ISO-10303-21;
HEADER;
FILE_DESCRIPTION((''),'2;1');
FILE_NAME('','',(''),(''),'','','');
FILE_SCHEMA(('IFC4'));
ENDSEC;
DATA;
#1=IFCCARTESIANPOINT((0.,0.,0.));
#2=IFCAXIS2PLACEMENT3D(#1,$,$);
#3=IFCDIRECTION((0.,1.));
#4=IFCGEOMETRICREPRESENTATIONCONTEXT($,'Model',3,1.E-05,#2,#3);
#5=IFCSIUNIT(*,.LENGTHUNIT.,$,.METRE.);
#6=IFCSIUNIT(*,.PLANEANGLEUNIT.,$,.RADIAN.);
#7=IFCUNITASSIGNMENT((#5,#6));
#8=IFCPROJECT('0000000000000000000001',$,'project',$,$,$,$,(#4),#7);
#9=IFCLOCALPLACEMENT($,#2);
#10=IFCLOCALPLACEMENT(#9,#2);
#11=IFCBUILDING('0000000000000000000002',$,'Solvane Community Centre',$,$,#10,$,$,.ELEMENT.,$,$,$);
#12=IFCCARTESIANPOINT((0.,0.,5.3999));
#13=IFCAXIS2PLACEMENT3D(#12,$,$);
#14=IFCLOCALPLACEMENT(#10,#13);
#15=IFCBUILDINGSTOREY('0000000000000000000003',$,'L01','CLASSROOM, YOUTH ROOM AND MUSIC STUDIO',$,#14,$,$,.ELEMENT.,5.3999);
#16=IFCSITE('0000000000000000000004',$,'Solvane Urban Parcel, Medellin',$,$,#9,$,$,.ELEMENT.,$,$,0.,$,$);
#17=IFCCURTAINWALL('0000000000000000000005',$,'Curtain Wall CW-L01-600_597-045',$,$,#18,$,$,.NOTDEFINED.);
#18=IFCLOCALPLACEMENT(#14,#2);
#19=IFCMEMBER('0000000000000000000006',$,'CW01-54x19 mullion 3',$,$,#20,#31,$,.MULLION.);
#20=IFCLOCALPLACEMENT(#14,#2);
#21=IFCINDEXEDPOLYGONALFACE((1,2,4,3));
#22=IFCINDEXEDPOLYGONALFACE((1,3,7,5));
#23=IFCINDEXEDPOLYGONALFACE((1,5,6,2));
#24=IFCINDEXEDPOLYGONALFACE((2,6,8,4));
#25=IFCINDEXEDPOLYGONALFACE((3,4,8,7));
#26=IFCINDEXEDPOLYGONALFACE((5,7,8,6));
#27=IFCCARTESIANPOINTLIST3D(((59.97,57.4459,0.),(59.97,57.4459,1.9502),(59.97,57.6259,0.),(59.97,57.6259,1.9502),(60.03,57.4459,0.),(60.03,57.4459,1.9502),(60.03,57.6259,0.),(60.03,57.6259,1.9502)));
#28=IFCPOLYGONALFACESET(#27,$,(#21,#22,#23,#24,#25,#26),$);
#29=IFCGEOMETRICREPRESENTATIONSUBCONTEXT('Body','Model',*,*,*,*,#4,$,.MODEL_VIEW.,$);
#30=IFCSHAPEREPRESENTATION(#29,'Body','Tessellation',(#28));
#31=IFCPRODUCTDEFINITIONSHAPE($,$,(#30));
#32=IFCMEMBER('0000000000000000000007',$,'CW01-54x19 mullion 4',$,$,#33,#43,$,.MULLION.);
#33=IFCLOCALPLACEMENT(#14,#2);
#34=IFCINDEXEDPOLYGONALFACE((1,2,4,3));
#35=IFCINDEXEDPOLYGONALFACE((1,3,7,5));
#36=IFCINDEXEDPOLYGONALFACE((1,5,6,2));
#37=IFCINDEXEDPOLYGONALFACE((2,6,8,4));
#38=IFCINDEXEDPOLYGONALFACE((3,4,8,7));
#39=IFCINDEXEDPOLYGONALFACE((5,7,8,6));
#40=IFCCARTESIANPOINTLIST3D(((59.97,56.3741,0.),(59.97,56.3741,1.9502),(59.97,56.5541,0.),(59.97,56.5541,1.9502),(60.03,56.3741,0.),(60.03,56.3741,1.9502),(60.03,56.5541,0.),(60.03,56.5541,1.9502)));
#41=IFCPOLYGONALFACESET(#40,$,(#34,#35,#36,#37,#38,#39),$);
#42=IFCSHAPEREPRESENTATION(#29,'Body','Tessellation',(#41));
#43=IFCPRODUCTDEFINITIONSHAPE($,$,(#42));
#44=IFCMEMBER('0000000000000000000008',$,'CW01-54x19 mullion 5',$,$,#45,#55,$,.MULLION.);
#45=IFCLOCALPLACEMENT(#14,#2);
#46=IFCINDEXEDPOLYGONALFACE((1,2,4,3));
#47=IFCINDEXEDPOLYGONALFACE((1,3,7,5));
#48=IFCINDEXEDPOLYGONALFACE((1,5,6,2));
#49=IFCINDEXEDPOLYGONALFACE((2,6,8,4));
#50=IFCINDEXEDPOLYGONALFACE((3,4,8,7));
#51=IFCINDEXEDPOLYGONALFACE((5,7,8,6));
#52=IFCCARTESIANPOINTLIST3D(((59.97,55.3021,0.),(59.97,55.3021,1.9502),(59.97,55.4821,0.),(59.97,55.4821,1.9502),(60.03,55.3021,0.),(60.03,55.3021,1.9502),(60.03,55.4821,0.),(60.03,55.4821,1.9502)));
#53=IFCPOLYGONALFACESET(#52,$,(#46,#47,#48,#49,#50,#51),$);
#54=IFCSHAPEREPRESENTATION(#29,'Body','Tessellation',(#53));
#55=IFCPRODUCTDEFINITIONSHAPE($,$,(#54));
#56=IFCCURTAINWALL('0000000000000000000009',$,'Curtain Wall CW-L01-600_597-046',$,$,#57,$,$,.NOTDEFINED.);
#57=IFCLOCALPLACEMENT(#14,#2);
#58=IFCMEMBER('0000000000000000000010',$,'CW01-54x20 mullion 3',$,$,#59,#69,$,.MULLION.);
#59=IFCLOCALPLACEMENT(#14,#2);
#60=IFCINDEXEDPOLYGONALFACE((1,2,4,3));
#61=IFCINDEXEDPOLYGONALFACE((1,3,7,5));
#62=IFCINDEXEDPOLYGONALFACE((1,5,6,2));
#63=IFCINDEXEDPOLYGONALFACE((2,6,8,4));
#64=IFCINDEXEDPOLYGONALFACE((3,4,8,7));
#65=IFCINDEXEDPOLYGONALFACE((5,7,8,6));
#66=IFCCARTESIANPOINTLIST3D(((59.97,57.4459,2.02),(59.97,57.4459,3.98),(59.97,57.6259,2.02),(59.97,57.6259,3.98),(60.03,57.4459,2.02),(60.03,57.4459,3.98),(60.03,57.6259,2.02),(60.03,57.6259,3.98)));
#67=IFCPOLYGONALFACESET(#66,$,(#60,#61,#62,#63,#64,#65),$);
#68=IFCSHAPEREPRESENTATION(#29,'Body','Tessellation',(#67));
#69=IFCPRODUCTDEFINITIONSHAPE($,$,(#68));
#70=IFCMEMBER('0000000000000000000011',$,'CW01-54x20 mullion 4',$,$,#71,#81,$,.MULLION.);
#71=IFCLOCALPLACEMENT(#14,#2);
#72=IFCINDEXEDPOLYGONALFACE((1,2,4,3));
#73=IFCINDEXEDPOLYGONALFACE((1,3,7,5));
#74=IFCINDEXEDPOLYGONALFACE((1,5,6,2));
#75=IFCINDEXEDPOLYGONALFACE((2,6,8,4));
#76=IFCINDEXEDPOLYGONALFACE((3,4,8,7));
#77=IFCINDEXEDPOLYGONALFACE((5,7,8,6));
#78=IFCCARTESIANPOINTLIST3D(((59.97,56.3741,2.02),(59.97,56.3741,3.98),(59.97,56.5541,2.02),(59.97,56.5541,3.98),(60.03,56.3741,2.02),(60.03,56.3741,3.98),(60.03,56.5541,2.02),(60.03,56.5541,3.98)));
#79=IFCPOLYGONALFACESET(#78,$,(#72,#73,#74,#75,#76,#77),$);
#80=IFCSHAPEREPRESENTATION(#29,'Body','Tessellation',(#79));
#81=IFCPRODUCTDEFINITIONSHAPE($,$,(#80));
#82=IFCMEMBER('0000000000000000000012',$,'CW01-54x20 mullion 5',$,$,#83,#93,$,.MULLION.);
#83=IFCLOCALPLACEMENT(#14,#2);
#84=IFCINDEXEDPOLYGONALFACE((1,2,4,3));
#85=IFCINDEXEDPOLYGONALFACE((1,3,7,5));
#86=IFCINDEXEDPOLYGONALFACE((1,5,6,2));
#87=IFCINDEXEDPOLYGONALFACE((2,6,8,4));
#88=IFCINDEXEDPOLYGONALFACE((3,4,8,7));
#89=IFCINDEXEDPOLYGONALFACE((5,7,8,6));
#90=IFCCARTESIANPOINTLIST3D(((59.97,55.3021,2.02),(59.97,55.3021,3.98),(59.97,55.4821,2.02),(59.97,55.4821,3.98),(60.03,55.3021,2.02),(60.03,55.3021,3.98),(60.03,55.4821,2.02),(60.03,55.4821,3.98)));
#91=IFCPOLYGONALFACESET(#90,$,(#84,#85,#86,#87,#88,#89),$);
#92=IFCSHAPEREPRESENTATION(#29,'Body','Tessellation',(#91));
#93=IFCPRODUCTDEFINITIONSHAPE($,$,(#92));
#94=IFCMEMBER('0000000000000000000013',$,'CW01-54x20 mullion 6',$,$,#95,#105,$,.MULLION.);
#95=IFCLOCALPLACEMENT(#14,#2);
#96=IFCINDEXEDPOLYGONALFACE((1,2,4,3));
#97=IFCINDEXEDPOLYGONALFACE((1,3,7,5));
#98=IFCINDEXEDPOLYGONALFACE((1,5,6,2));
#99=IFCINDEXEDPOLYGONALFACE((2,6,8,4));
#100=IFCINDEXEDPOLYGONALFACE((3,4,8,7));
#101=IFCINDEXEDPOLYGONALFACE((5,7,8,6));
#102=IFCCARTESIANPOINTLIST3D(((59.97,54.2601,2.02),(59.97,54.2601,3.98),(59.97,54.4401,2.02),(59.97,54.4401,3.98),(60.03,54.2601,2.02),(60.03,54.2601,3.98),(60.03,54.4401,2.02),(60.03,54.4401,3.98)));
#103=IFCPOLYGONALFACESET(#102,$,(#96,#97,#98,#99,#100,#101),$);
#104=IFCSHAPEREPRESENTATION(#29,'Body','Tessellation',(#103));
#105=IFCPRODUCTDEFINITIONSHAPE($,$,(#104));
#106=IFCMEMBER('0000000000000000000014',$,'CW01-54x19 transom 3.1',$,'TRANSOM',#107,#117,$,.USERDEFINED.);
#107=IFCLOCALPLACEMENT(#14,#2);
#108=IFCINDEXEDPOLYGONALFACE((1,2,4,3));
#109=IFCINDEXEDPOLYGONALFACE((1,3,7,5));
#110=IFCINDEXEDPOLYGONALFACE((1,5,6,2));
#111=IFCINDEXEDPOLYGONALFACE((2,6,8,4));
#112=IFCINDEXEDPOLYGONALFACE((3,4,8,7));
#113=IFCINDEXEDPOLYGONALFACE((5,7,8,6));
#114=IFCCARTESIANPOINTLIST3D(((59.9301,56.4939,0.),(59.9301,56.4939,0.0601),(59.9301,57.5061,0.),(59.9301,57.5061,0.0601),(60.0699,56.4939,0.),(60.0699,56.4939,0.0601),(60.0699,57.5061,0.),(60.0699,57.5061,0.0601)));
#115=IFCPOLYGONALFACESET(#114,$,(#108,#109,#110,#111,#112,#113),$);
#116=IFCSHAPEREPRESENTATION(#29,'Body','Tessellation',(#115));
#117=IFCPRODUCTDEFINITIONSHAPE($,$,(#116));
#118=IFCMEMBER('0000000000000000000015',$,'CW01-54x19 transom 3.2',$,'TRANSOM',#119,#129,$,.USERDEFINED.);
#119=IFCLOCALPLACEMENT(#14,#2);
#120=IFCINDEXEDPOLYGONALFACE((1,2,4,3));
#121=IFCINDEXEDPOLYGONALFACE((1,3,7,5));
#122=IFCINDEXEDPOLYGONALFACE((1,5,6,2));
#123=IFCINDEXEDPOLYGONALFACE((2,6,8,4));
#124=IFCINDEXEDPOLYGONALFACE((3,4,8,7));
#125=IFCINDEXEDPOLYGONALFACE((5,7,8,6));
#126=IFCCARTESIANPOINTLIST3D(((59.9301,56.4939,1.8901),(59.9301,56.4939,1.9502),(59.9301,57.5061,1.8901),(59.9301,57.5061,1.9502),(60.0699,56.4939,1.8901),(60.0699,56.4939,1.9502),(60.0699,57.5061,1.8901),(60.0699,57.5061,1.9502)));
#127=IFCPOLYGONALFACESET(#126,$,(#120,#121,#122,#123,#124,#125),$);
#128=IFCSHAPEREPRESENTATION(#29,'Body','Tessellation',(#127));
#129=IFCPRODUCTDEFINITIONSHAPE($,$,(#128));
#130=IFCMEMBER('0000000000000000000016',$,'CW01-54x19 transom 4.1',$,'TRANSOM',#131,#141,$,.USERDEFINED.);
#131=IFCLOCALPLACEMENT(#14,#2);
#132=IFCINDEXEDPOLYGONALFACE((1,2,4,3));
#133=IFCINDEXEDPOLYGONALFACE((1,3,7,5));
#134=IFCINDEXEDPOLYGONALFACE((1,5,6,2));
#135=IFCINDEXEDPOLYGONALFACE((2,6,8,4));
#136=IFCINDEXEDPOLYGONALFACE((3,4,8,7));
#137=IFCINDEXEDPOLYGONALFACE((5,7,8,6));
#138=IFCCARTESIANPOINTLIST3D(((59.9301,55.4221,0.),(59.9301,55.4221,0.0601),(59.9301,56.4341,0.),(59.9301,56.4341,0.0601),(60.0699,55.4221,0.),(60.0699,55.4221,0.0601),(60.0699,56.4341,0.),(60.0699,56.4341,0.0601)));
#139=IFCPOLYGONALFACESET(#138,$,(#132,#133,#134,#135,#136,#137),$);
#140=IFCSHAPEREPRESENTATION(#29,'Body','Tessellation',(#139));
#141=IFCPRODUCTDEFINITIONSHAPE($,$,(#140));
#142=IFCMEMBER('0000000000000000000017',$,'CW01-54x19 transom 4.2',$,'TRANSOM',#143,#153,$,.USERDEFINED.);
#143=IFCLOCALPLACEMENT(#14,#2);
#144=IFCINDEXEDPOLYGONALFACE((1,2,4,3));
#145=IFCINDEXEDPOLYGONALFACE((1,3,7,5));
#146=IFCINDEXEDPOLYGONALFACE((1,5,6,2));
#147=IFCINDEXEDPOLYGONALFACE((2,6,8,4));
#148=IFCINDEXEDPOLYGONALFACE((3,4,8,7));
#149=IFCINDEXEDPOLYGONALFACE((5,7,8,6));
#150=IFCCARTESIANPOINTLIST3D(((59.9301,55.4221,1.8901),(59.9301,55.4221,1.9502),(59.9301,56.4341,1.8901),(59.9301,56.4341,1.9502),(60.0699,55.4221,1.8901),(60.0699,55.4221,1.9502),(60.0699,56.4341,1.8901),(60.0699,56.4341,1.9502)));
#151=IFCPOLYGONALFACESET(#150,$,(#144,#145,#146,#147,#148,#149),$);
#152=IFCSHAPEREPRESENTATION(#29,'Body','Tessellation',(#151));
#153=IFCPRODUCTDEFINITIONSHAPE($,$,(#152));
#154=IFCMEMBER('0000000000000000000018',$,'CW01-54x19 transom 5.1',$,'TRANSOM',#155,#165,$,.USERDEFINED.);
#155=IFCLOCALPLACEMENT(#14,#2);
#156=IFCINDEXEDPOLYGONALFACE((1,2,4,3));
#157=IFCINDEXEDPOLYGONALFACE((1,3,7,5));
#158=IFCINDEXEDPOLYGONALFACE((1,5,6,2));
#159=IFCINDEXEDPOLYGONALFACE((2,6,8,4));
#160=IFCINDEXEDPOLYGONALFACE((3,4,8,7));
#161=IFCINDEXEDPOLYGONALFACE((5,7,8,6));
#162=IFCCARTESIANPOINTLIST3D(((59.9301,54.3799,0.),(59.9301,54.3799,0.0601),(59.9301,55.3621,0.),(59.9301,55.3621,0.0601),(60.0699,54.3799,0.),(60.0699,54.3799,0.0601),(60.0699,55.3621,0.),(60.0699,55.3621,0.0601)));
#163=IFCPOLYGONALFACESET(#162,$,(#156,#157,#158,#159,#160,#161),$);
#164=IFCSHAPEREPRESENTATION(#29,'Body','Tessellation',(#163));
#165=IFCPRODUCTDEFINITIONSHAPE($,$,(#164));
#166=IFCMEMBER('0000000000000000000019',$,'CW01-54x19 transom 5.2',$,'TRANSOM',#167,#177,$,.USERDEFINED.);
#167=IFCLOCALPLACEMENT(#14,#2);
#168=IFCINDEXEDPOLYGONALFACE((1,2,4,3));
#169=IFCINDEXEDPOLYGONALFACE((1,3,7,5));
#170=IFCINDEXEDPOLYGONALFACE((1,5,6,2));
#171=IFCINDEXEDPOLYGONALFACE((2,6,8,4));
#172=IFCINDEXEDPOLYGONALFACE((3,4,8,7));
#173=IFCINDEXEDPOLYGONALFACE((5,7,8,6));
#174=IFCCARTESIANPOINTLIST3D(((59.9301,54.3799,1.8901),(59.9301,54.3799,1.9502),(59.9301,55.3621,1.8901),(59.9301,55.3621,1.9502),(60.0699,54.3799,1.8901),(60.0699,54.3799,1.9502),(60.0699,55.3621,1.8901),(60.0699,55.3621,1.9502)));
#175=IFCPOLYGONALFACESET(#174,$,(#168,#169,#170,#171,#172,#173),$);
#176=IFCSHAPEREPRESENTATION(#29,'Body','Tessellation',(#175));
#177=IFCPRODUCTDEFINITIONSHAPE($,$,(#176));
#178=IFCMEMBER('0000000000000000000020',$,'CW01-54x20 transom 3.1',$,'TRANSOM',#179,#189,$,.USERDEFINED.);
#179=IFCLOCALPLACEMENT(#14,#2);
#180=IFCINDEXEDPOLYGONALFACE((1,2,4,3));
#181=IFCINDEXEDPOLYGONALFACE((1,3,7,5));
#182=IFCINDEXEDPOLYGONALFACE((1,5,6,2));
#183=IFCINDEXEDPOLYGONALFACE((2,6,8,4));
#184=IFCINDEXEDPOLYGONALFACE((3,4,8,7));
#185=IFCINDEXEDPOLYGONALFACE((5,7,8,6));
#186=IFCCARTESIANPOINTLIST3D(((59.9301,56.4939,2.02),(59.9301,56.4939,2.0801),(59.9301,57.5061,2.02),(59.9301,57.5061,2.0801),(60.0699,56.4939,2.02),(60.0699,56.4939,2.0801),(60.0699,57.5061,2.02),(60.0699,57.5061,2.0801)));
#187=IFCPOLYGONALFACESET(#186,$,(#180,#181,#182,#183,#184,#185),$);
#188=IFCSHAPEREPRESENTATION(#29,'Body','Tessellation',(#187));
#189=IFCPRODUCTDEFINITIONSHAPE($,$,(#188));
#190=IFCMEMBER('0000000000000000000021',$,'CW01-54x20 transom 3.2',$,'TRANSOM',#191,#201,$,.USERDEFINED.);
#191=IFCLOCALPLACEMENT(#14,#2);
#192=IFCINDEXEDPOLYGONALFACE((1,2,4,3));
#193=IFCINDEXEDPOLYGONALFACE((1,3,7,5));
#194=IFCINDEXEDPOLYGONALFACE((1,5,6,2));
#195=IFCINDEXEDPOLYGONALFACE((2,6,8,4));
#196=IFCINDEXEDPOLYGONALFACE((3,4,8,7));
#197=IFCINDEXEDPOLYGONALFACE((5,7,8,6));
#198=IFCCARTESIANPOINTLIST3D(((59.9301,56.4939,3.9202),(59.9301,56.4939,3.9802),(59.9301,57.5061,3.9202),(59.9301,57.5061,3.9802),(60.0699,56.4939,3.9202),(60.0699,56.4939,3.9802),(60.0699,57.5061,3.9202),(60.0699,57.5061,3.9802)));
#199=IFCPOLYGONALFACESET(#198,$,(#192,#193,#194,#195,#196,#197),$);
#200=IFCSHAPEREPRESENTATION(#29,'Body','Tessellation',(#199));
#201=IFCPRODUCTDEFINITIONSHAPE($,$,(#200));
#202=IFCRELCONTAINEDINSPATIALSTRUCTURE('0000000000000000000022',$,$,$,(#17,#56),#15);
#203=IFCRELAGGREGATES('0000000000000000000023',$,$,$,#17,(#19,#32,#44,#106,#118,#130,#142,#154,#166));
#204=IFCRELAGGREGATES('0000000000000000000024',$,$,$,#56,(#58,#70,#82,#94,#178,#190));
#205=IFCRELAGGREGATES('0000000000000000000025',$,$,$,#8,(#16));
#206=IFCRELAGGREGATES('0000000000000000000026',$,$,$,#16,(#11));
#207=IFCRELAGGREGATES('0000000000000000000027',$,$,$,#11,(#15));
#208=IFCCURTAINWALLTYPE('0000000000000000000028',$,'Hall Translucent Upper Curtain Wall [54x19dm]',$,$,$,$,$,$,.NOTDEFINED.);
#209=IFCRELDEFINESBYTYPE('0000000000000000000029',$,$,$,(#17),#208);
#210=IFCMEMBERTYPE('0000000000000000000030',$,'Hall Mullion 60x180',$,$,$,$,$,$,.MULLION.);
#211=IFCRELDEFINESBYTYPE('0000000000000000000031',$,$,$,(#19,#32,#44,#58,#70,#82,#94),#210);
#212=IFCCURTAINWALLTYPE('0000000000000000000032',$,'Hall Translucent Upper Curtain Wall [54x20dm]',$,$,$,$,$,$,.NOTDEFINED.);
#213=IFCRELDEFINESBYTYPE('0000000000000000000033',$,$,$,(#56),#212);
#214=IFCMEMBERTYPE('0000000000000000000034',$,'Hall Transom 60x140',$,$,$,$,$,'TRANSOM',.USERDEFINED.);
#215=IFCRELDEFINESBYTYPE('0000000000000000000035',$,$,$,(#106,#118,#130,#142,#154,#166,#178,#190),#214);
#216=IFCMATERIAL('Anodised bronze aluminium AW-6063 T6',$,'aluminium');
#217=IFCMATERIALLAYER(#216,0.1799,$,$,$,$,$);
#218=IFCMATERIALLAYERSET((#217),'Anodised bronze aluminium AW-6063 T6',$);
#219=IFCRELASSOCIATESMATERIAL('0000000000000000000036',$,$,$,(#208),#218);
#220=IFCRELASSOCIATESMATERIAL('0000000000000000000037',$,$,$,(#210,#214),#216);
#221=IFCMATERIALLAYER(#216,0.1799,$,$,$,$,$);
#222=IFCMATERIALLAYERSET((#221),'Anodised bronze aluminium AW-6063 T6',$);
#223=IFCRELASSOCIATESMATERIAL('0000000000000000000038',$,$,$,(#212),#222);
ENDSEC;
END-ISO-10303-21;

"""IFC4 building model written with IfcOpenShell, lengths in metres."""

from ifc_helpers import new_model, si_unit, direction, frame, origin, origin_2d, place, context, subcontext, project, spatial, rectangle, extrude, material, layer, layer_set, material_profile, profile_set, type_object, element, aggregate, save


model = new_model("IFC4")

# Units and contexts
model_context = context("Model", 3, precision=1e-05, world=origin(), true_north=direction((0.0, 1.0)))
body_context = subcontext(model_context, "Body", "Model", "MODEL_VIEW")
ifc_project = project(units=[si_unit("LENGTHUNIT", "METRE"), si_unit("PLANEANGLEUNIT", "RADIAN")], contexts=[model_context])

# Site, building, storey
site_placement = place(None, origin())
site = spatial("IfcSite", under=ifc_project, at=site_placement, Name="Solvane Urban Parcel, Medellin", CompositionType="ELEMENT", RefElevation=0.0)
building_placement = place(site_placement, origin())
building = spatial("IfcBuilding", under=site, at=building_placement, Name="Solvane Community Centre", CompositionType="ELEMENT")
storey_placement = place(building_placement, frame((0.0, 0.0, 5.3999)))
storey = spatial("IfcBuildingStorey", under=building, at=storey_placement, Name="L01", Description="CLASSROOM, YOUTH ROOM AND MUSIC STUDIO", CompositionType="ELEMENT", Elevation=5.3999)

# Curtain walls, members
ifc_material_1 = material(Name="Anodised bronze aluminium AW-6063 T6", Category="aluminium")
ifc_layer_1 = layer(ifc_material_1, 0.1799)
ifc_layer_set_1 = layer_set([ifc_layer_1], Name="Anodised bronze aluminium AW-6063 T6")
curtain_wall_type_1 = type_object("IfcCurtainWallType", Name="Hall Translucent Upper Curtain Wall [54x19dm]", PredefinedType="NOTDEFINED", material=ifc_layer_set_1)
curtain_wall_1_placement = place(storey_placement, origin())
curtain_wall_1 = element("IfcCurtainWall", 1, at=curtain_wall_1_placement, inside=storey, type_object=curtain_wall_type_1, Name="Curtain Wall CW-L01-600_597-045", PredefinedType="NOTDEFINED")
ifc_material_profile_1 = material_profile(ifc_material_1, rectangle(XDim=0.0601, YDim=0.1799, at=origin_2d()), Name="CW-M 60x180")
ifc_profile_set_1 = profile_set([ifc_material_profile_1], Name="Anodised bronze aluminium AW-6063 T6")
member_type_1 = type_object("IfcMemberType", Name="Hall Mullion 60x180", PredefinedType="MULLION", material=ifc_profile_set_1)
member_1_placement = place(storey_placement, frame((60.0, 57.5359, 0.0), z_axis=(0.0, 0.0, 1.0), x_axis=(1.0, 0.0, 0.0)))
member_1 = element("IfcMember", 2, at=member_1_placement, type_object=member_type_1, Name="CW01-54x19 mullion 3", PredefinedType="MULLION", context=body_context, shape_type="SweptSolid", body=[
    extrude(rectangle(XDim=0.0601, YDim=0.1799, at=origin_2d()), origin(), (0.0, 0.0, 1.0), 1.9502),
])
member_2_placement = place(storey_placement, frame((60.0, 56.4641, 0.0), z_axis=(0.0, 0.0, 1.0), x_axis=(1.0, 0.0, 0.0)))
member_2 = element("IfcMember", 3, at=member_2_placement, type_object=member_type_1, Name="CW01-54x19 mullion 4", PredefinedType="MULLION", context=body_context, shape_type="SweptSolid", body=[
    extrude(rectangle(XDim=0.0601, YDim=0.1799, at=origin_2d()), origin(), (0.0, 0.0, 1.0), 1.9502),
])
member_3_placement = place(storey_placement, frame((60.0, 55.3921, 0.0), z_axis=(0.0, 0.0, 1.0), x_axis=(1.0, 0.0, 0.0)))
member_3 = element("IfcMember", 4, at=member_3_placement, type_object=member_type_1, Name="CW01-54x19 mullion 5", PredefinedType="MULLION", context=body_context, shape_type="SweptSolid", body=[
    extrude(rectangle(XDim=0.0601, YDim=0.1799, at=origin_2d()), origin(), (0.0, 0.0, 1.0), 1.9502),
])
ifc_layer_2 = layer(ifc_material_1, 0.1799)
ifc_layer_set_2 = layer_set([ifc_layer_2], Name="Anodised bronze aluminium AW-6063 T6")
curtain_wall_type_2 = type_object("IfcCurtainWallType", Name="Hall Translucent Upper Curtain Wall [54x20dm]", PredefinedType="NOTDEFINED", material=ifc_layer_set_2)
curtain_wall_2_placement = place(storey_placement, origin())
curtain_wall_2 = element("IfcCurtainWall", 5, at=curtain_wall_2_placement, inside=storey, type_object=curtain_wall_type_2, Name="Curtain Wall CW-L01-600_597-046", PredefinedType="NOTDEFINED")
member_4_placement = place(storey_placement, frame((60.0, 57.5359, 2.02), z_axis=(0.0, 0.0, 1.0), x_axis=(1.0, 0.0, 0.0)))
member_4 = element("IfcMember", 6, at=member_4_placement, type_object=member_type_1, Name="CW01-54x20 mullion 3", PredefinedType="MULLION", context=body_context, shape_type="SweptSolid", body=[
    extrude(rectangle(XDim=0.0601, YDim=0.1799, at=origin_2d()), origin(), (0.0, 0.0, 1.0), 1.96),
])
member_5_placement = place(storey_placement, frame((60.0, 56.4641, 2.02), z_axis=(0.0, 0.0, 1.0), x_axis=(1.0, 0.0, 0.0)))
member_5 = element("IfcMember", 7, at=member_5_placement, type_object=member_type_1, Name="CW01-54x20 mullion 4", PredefinedType="MULLION", context=body_context, shape_type="SweptSolid", body=[
    extrude(rectangle(XDim=0.0601, YDim=0.1799, at=origin_2d()), origin(), (0.0, 0.0, 1.0), 1.96),
])
member_6_placement = place(storey_placement, frame((60.0, 55.3921, 2.02), z_axis=(0.0, 0.0, 1.0), x_axis=(1.0, 0.0, 0.0)))
member_6 = element("IfcMember", 8, at=member_6_placement, type_object=member_type_1, Name="CW01-54x20 mullion 5", PredefinedType="MULLION", context=body_context, shape_type="SweptSolid", body=[
    extrude(rectangle(XDim=0.0601, YDim=0.1799, at=origin_2d()), origin(), (0.0, 0.0, 1.0), 1.96),
])
member_7_placement = place(storey_placement, frame((60.0, 54.3501, 2.02), z_axis=(0.0, 0.0, 1.0), x_axis=(1.0, 0.0, 0.0)))
member_7 = element("IfcMember", 9, at=member_7_placement, type_object=member_type_1, Name="CW01-54x20 mullion 6", PredefinedType="MULLION", context=body_context, shape_type="SweptSolid", body=[
    extrude(rectangle(XDim=0.0601, YDim=0.1799, at=origin_2d()), origin(), (0.0, 0.0, 1.0), 1.96),
])

# Members
ifc_material_profile_2 = material_profile(ifc_material_1, rectangle(XDim=0.1399, YDim=0.0601, at=origin_2d()), Name="CW-T 60x140")
ifc_profile_set_2 = profile_set([ifc_material_profile_2], Name="Anodised bronze aluminium AW-6063 T6")
member_type_2 = type_object("IfcMemberType", Name="Hall Transom 60x140", ElementType="TRANSOM", PredefinedType="USERDEFINED", material=ifc_profile_set_2)
member_8_placement = place(storey_placement, frame((60.0, 57.5061, 0.03), z_axis=(0.0, -1.0, 0.0), x_axis=(1.0, 0.0, 0.0)))
member_8 = element("IfcMember", 10, at=member_8_placement, type_object=member_type_2, Name="CW01-54x19 transom 3.1", ObjectType="TRANSOM", PredefinedType="USERDEFINED", context=body_context, shape_type="SweptSolid", body=[
    extrude(rectangle(XDim=0.1399, YDim=0.0601, at=origin_2d()), origin(), (0.0, 0.0, 1.0), 1.0122),
])
member_9_placement = place(storey_placement, frame((60.0, 57.5061, 1.9202), z_axis=(0.0, -1.0, 0.0), x_axis=(1.0, 0.0, 0.0)))
member_9 = element("IfcMember", 11, at=member_9_placement, type_object=member_type_2, Name="CW01-54x19 transom 3.2", ObjectType="TRANSOM", PredefinedType="USERDEFINED", context=body_context, shape_type="SweptSolid", body=[
    extrude(rectangle(XDim=0.1399, YDim=0.0601, at=origin_2d()), origin(), (0.0, 0.0, 1.0), 1.0122),
])
member_10_placement = place(storey_placement, frame((60.0, 56.4341, 0.03), z_axis=(0.0, -1.0, 0.0), x_axis=(1.0, 0.0, 0.0)))
member_10 = element("IfcMember", 12, at=member_10_placement, type_object=member_type_2, Name="CW01-54x19 transom 4.1", ObjectType="TRANSOM", PredefinedType="USERDEFINED", context=body_context, shape_type="SweptSolid", body=[
    extrude(rectangle(XDim=0.1399, YDim=0.0601, at=origin_2d()), origin(), (0.0, 0.0, 1.0), 1.012),
])
member_11_placement = place(storey_placement, frame((60.0, 56.4341, 1.9202), z_axis=(0.0, -1.0, 0.0), x_axis=(1.0, 0.0, 0.0)))
member_11 = element("IfcMember", 13, at=member_11_placement, type_object=member_type_2, Name="CW01-54x19 transom 4.2", ObjectType="TRANSOM", PredefinedType="USERDEFINED", context=body_context, shape_type="SweptSolid", body=[
    extrude(rectangle(XDim=0.1399, YDim=0.0601, at=origin_2d()), origin(), (0.0, 0.0, 1.0), 1.012),
])
member_12_placement = place(storey_placement, frame((60.0, 55.3621, 0.03), z_axis=(0.0, -1.0, 0.0), x_axis=(1.0, 0.0, 0.0)))
member_12 = element("IfcMember", 14, at=member_12_placement, type_object=member_type_2, Name="CW01-54x19 transom 5.1", ObjectType="TRANSOM", PredefinedType="USERDEFINED", context=body_context, shape_type="SweptSolid", body=[
    extrude(rectangle(XDim=0.1399, YDim=0.0601, at=origin_2d()), origin(), (0.0, 0.0, 1.0), 0.9822),
])
member_13_placement = place(storey_placement, frame((60.0, 55.3621, 1.9202), z_axis=(0.0, -1.0, 0.0), x_axis=(1.0, 0.0, 0.0)))
member_13 = element("IfcMember", 15, at=member_13_placement, type_object=member_type_2, Name="CW01-54x19 transom 5.2", ObjectType="TRANSOM", PredefinedType="USERDEFINED", context=body_context, shape_type="SweptSolid", body=[
    extrude(rectangle(XDim=0.1399, YDim=0.0601, at=origin_2d()), origin(), (0.0, 0.0, 1.0), 0.9822),
])
member_14_placement = place(storey_placement, frame((60.0, 57.5061, 2.05), z_axis=(0.0, -1.0, 0.0), x_axis=(1.0, 0.0, 0.0)))
member_14 = element("IfcMember", 16, at=member_14_placement, type_object=member_type_2, Name="CW01-54x20 transom 3.1", ObjectType="TRANSOM", PredefinedType="USERDEFINED", context=body_context, shape_type="SweptSolid", body=[
    extrude(rectangle(XDim=0.1399, YDim=0.0601, at=origin_2d()), origin(), (0.0, 0.0, 1.0), 1.0122),
])
member_15_placement = place(storey_placement, frame((60.0, 57.5061, 3.9502), z_axis=(0.0, -1.0, 0.0), x_axis=(1.0, 0.0, 0.0)))
member_15 = element("IfcMember", 17, at=member_15_placement, type_object=member_type_2, Name="CW01-54x20 transom 3.2", ObjectType="TRANSOM", PredefinedType="USERDEFINED", context=body_context, shape_type="SweptSolid", body=[
    extrude(rectangle(XDim=0.1399, YDim=0.0601, at=origin_2d()), origin(), (0.0, 0.0, 1.0), 1.0122),
])

aggregate(curtain_wall_1, [member_1, member_2, member_3, member_8, member_9, member_10, member_11, member_12, member_13])
aggregate(curtain_wall_2, [member_4, member_5, member_6, member_7, member_14, member_15])

save(model, "model.ifc")
